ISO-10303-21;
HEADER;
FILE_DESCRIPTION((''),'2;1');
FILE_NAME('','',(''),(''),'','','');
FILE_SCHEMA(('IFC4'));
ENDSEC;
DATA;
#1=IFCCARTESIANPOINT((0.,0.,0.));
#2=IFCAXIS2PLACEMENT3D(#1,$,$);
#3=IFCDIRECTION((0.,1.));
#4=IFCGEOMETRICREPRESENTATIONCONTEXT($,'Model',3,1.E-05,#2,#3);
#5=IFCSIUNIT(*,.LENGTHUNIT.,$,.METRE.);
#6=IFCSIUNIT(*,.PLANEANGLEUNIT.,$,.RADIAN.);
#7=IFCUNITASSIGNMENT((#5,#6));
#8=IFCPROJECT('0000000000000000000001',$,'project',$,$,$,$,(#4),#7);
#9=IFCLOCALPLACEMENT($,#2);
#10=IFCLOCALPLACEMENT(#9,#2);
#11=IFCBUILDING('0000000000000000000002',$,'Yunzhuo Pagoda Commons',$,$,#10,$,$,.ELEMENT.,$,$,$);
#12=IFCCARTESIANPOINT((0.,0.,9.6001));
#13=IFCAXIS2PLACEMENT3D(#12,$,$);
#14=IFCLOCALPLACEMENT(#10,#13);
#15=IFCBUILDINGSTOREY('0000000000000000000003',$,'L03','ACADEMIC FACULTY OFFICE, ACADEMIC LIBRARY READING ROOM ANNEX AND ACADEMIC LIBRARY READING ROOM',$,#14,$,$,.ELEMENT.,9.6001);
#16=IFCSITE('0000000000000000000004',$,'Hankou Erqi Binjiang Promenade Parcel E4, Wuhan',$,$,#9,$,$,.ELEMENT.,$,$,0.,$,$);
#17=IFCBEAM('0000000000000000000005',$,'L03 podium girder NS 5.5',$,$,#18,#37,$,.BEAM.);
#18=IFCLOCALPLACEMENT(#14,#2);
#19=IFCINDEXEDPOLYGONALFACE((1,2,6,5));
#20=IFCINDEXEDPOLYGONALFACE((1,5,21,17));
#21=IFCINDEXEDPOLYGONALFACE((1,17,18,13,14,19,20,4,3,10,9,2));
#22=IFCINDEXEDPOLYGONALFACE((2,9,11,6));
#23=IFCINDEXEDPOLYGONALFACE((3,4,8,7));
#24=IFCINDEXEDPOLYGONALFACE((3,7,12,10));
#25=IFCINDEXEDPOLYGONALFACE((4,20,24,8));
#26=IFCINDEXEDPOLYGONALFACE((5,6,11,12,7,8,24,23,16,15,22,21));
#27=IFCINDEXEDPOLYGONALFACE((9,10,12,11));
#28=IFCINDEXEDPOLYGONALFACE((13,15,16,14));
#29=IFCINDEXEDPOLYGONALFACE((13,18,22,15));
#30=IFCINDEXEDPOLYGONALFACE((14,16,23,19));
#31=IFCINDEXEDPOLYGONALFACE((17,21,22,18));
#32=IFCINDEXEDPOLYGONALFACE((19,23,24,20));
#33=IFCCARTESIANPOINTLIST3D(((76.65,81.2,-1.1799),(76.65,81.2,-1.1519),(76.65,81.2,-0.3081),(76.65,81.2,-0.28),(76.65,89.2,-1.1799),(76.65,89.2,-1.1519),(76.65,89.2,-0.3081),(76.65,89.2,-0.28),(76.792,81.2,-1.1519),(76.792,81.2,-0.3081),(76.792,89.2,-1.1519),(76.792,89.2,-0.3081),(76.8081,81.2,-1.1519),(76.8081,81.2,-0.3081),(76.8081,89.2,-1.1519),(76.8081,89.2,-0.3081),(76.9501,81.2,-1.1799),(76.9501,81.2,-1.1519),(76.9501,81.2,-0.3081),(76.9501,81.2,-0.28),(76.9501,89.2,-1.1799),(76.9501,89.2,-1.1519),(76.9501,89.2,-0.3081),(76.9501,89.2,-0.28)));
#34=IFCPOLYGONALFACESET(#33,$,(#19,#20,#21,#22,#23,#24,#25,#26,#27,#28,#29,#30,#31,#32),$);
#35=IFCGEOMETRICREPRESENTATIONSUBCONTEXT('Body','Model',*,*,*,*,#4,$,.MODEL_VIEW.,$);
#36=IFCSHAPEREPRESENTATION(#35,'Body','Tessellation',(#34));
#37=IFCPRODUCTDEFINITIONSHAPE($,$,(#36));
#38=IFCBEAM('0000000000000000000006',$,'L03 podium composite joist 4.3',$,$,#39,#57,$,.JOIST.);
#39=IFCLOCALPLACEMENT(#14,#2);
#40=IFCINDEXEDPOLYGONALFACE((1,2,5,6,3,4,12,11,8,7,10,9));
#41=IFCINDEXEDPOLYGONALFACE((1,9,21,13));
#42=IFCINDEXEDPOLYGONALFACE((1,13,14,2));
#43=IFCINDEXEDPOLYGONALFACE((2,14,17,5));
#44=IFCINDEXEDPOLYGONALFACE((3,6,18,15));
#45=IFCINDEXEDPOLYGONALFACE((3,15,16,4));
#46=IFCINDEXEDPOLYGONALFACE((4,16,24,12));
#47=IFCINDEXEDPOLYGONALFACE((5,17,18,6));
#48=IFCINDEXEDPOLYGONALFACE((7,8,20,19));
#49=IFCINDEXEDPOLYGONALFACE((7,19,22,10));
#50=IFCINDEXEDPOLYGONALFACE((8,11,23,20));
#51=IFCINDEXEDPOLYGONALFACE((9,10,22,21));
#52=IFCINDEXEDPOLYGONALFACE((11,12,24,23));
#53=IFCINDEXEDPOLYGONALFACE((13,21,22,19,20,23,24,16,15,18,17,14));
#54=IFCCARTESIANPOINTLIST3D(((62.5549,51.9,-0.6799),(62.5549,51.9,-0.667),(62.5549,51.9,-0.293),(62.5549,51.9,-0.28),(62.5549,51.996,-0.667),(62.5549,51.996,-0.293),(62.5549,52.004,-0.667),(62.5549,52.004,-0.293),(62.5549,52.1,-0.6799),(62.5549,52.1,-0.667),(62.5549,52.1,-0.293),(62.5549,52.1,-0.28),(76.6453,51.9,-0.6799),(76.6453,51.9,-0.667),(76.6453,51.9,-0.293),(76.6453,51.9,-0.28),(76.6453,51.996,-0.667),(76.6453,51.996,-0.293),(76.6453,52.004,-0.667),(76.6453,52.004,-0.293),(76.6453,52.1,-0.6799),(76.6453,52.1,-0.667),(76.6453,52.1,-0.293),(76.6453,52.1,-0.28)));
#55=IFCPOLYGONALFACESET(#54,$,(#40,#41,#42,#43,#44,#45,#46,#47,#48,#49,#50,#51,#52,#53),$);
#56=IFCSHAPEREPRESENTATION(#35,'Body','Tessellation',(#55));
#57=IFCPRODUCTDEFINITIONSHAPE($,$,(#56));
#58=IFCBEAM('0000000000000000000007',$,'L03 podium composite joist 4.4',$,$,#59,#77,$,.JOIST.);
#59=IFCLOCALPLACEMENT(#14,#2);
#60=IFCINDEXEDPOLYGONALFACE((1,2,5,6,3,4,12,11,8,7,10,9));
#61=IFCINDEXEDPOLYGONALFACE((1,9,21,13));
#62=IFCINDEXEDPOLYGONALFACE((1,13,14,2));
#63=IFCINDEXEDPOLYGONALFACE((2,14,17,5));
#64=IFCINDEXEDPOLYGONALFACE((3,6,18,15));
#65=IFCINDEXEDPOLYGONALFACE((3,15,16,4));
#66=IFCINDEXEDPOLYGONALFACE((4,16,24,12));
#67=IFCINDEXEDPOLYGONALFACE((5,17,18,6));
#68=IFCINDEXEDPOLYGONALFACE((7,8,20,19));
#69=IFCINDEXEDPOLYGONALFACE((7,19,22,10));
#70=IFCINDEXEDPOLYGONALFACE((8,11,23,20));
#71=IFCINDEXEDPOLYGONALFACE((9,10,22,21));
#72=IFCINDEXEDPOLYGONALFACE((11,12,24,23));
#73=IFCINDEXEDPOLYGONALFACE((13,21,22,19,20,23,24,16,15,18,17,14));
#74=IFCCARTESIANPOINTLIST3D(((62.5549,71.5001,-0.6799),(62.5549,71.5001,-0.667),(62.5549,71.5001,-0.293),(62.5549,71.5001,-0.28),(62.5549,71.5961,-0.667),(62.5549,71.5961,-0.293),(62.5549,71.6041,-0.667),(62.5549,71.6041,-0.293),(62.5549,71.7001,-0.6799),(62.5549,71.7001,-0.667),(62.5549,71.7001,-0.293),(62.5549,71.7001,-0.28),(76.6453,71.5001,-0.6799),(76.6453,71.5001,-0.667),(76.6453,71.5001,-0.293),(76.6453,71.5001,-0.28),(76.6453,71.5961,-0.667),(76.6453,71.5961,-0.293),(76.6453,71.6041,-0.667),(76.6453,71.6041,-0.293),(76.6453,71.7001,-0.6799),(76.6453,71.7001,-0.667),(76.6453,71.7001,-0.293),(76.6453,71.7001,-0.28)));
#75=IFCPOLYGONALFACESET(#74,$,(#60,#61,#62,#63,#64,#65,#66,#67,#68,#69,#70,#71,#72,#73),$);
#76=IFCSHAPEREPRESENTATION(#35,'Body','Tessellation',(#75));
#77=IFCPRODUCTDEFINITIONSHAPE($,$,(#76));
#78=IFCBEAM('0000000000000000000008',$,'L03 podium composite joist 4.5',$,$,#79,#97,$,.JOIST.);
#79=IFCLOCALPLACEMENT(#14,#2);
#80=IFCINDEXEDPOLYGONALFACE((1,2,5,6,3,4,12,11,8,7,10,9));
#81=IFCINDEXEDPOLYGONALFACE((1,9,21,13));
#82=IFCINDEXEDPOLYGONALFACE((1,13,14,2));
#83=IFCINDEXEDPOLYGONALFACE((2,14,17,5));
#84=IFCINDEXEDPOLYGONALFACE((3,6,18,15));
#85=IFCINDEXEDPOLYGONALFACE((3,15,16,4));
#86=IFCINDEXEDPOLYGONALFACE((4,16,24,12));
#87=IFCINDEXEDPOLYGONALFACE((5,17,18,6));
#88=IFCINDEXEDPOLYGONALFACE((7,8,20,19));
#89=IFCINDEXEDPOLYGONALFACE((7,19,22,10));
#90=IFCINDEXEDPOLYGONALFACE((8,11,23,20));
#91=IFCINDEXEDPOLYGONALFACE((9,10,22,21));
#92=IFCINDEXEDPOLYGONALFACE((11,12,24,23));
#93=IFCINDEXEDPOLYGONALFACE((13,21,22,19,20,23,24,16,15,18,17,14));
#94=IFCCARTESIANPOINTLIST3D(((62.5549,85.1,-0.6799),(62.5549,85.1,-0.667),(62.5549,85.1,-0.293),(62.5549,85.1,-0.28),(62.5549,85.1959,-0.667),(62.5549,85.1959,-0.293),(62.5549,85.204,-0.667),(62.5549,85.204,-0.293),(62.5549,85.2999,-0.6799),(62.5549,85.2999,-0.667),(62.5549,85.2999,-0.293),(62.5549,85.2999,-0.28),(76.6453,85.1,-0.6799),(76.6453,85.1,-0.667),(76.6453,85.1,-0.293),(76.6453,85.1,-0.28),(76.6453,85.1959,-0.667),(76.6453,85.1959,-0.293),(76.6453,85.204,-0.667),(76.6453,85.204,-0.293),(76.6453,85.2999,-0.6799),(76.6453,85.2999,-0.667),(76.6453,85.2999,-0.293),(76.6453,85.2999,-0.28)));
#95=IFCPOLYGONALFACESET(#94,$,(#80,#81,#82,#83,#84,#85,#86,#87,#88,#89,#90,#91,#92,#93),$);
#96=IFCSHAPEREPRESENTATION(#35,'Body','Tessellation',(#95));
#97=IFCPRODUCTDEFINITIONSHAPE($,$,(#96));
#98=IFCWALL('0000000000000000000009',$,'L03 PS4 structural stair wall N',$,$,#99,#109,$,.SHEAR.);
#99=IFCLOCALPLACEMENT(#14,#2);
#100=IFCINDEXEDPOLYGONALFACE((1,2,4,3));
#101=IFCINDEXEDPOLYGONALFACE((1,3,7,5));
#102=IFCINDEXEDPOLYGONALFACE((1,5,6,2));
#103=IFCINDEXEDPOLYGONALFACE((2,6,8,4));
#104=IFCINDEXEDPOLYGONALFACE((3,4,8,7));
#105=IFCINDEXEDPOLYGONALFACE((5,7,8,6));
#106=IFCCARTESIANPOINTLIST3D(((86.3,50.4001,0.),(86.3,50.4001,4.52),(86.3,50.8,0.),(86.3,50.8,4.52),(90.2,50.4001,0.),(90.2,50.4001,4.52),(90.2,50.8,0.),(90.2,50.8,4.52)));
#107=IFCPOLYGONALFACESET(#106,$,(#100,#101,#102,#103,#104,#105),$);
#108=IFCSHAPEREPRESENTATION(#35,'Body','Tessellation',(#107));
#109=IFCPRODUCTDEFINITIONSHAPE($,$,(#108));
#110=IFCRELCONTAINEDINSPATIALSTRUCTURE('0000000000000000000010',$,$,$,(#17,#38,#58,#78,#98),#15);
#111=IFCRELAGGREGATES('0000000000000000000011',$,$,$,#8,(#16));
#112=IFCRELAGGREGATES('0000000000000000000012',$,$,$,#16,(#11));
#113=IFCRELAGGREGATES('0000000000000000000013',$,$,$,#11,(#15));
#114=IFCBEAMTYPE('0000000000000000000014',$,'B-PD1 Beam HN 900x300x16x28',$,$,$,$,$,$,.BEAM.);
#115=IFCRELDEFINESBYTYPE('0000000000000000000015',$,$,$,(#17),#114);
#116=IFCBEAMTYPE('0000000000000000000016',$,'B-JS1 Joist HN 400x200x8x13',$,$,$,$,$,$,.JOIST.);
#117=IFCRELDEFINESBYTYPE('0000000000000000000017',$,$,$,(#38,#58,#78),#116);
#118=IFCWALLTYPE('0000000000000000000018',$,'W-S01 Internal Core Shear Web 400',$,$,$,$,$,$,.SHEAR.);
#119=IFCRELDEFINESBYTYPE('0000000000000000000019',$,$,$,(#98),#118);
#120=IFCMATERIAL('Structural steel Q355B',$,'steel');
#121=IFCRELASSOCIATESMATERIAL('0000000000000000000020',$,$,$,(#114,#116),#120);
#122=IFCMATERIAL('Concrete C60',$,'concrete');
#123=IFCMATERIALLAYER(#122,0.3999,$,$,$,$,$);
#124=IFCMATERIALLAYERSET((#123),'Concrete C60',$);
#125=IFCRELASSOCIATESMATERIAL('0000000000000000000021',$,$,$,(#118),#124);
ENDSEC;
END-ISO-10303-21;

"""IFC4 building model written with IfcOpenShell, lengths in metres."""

from ifc_helpers import new_model, si_unit, direction, frame, frame_2d, origin, origin_2d, place, context, subcontext, project, spatial, rectangle, i_section, extrude, source, transform, mapped, material, layer, layer_set, material_profile, profile_set, type_object, element, save


model = new_model("IFC4")

# Units and contexts
model_context = context("Model", 3, precision=1e-05, world=origin(), true_north=direction((0.0, 1.0)))
body_context = subcontext(model_context, "Body", "Model", "MODEL_VIEW")
ifc_project = project(units=[si_unit("LENGTHUNIT", "METRE"), si_unit("PLANEANGLEUNIT", "RADIAN")], contexts=[model_context])

# Site, building, storey
site_placement = place(None, origin())
site = spatial("IfcSite", under=ifc_project, at=site_placement, Name="Hankou Erqi Binjiang Promenade Parcel E4, Wuhan", CompositionType="ELEMENT", RefElevation=0.0)
building_placement = place(site_placement, origin())
building = spatial("IfcBuilding", under=site, at=building_placement, Name="Yunzhuo Pagoda Commons", CompositionType="ELEMENT")
storey_placement = place(building_placement, frame((0.0, 0.0, 9.6001)))
storey = spatial("IfcBuildingStorey", under=building, at=storey_placement, Name="L03", Description="ACADEMIC FACULTY OFFICE, ACADEMIC LIBRARY READING ROOM ANNEX AND ACADEMIC LIBRARY READING ROOM", CompositionType="ELEMENT", Elevation=9.6001)

# Beams
ifc_material_1 = material(Name="Structural steel Q355B", Category="steel")
ifc_material_profile_1 = material_profile(ifc_material_1, i_section(OverallWidth=0.3, OverallDepth=0.8999, WebThickness=0.0161, FlangeThickness=0.0281, at=origin_2d()), Name="Structural steel Q355B")
ifc_profile_set_1 = profile_set([ifc_material_profile_1], Name="Structural steel Q355B")
beam_type_1 = type_object("IfcBeamType", Name="B-PD1 Beam HN 900x300x16x28", PredefinedType="BEAM", material=ifc_profile_set_1)
ifc_material_profile_2 = material_profile(ifc_material_1, i_section(OverallWidth=0.2, OverallDepth=0.3999, WebThickness=0.0081, FlangeThickness=0.0129, at=origin_2d()), Name="Structural steel Q355B")
ifc_profile_set_2 = profile_set([ifc_material_profile_2], Name="Structural steel Q355B")
beam_type_2 = type_object("IfcBeamType", Name="B-JS1 Joist HN 400x200x8x13", PredefinedType="JOIST", material=ifc_profile_set_2)
shared_shape_1 = source(origin(), body_context, "Body", "SweptSolid", [
    extrude(i_section(OverallWidth=0.3, OverallDepth=0.8999, WebThickness=0.0161, FlangeThickness=0.0281, at=origin_2d()), origin(), (0.0, 0.0, 1.0), 8.0),
])
beam_1_placement = place(storey_placement, frame((76.8, 81.2, -0.73), z_axis=(0.0, 1.0, 0.0), x_axis=(-1.0, 0.0, 0.0)))
element("IfcBeam", 1, at=beam_1_placement, inside=storey, type_object=beam_type_1, Name="L03 podium girder NS 5.5", PredefinedType="BEAM", context=body_context, shape_type="MappedRepresentation", body=[
    mapped(shared_shape_1, transform((0.0, 0.0, 0.0), scale=1.0)),
])
shared_shape_2 = source(origin(), body_context, "Body", "SweptSolid", [
    extrude(i_section(OverallWidth=0.2, OverallDepth=0.3999, WebThickness=0.0081, FlangeThickness=0.0129, at=origin_2d()), origin(), (0.0, 0.0, 1.0), 14.0903),
])
for number, where, z_axis, x_axis, name in (
    (2, (62.5549, 52.0, -0.48), (1.0, 0.0, 0.0), (0.0, 1.0, 0.0), "L03 podium composite joist 4.3"),
    (3, (62.5549, 71.6001, -0.48), (1.0, 0.0, 0.0), (0.0, 1.0, 0.0), "L03 podium composite joist 4.4"),
    (4, (62.5549, 85.2, -0.48), (1.0, 0.0, 0.0), (0.0, 1.0, 0.0), "L03 podium composite joist 4.5"),
):
    element("IfcBeam", number, at=place(storey_placement, frame(where, z_axis=z_axis, x_axis=x_axis)), inside=storey, type_object=beam_type_2, Name=name, PredefinedType="JOIST", context=body_context, shape_type="MappedRepresentation", body=[
        mapped(shared_shape_2, transform((0.0, 0.0, 0.0), scale=1.0)),
    ])

# Wall
ifc_material_2 = material(Name="Concrete C60", Category="concrete")
ifc_layer = layer(ifc_material_2, 0.3999)
ifc_layer_set = layer_set([ifc_layer], Name="Concrete C60")
wall_type = type_object("IfcWallType", Name="W-S01 Internal Core Shear Web 400", PredefinedType="SHEAR", material=ifc_layer_set)
wall_placement = place(storey_placement, frame((86.3, 50.6001, 0.0), z_axis=(0.0, 0.0, 1.0), x_axis=(1.0, 0.0, 0.0)))
element("IfcWall", 5, at=wall_placement, inside=storey, type_object=wall_type, Name="L03 PS4 structural stair wall N", PredefinedType="SHEAR", context=body_context, shape_type="SweptSolid", body=[
    extrude(rectangle(XDim=3.8999, YDim=0.3999, at=frame_2d((1.95, 0.0))), origin(), (0.0, 0.0, 1.0), 4.52),
])

save(model, "model.ifc")
